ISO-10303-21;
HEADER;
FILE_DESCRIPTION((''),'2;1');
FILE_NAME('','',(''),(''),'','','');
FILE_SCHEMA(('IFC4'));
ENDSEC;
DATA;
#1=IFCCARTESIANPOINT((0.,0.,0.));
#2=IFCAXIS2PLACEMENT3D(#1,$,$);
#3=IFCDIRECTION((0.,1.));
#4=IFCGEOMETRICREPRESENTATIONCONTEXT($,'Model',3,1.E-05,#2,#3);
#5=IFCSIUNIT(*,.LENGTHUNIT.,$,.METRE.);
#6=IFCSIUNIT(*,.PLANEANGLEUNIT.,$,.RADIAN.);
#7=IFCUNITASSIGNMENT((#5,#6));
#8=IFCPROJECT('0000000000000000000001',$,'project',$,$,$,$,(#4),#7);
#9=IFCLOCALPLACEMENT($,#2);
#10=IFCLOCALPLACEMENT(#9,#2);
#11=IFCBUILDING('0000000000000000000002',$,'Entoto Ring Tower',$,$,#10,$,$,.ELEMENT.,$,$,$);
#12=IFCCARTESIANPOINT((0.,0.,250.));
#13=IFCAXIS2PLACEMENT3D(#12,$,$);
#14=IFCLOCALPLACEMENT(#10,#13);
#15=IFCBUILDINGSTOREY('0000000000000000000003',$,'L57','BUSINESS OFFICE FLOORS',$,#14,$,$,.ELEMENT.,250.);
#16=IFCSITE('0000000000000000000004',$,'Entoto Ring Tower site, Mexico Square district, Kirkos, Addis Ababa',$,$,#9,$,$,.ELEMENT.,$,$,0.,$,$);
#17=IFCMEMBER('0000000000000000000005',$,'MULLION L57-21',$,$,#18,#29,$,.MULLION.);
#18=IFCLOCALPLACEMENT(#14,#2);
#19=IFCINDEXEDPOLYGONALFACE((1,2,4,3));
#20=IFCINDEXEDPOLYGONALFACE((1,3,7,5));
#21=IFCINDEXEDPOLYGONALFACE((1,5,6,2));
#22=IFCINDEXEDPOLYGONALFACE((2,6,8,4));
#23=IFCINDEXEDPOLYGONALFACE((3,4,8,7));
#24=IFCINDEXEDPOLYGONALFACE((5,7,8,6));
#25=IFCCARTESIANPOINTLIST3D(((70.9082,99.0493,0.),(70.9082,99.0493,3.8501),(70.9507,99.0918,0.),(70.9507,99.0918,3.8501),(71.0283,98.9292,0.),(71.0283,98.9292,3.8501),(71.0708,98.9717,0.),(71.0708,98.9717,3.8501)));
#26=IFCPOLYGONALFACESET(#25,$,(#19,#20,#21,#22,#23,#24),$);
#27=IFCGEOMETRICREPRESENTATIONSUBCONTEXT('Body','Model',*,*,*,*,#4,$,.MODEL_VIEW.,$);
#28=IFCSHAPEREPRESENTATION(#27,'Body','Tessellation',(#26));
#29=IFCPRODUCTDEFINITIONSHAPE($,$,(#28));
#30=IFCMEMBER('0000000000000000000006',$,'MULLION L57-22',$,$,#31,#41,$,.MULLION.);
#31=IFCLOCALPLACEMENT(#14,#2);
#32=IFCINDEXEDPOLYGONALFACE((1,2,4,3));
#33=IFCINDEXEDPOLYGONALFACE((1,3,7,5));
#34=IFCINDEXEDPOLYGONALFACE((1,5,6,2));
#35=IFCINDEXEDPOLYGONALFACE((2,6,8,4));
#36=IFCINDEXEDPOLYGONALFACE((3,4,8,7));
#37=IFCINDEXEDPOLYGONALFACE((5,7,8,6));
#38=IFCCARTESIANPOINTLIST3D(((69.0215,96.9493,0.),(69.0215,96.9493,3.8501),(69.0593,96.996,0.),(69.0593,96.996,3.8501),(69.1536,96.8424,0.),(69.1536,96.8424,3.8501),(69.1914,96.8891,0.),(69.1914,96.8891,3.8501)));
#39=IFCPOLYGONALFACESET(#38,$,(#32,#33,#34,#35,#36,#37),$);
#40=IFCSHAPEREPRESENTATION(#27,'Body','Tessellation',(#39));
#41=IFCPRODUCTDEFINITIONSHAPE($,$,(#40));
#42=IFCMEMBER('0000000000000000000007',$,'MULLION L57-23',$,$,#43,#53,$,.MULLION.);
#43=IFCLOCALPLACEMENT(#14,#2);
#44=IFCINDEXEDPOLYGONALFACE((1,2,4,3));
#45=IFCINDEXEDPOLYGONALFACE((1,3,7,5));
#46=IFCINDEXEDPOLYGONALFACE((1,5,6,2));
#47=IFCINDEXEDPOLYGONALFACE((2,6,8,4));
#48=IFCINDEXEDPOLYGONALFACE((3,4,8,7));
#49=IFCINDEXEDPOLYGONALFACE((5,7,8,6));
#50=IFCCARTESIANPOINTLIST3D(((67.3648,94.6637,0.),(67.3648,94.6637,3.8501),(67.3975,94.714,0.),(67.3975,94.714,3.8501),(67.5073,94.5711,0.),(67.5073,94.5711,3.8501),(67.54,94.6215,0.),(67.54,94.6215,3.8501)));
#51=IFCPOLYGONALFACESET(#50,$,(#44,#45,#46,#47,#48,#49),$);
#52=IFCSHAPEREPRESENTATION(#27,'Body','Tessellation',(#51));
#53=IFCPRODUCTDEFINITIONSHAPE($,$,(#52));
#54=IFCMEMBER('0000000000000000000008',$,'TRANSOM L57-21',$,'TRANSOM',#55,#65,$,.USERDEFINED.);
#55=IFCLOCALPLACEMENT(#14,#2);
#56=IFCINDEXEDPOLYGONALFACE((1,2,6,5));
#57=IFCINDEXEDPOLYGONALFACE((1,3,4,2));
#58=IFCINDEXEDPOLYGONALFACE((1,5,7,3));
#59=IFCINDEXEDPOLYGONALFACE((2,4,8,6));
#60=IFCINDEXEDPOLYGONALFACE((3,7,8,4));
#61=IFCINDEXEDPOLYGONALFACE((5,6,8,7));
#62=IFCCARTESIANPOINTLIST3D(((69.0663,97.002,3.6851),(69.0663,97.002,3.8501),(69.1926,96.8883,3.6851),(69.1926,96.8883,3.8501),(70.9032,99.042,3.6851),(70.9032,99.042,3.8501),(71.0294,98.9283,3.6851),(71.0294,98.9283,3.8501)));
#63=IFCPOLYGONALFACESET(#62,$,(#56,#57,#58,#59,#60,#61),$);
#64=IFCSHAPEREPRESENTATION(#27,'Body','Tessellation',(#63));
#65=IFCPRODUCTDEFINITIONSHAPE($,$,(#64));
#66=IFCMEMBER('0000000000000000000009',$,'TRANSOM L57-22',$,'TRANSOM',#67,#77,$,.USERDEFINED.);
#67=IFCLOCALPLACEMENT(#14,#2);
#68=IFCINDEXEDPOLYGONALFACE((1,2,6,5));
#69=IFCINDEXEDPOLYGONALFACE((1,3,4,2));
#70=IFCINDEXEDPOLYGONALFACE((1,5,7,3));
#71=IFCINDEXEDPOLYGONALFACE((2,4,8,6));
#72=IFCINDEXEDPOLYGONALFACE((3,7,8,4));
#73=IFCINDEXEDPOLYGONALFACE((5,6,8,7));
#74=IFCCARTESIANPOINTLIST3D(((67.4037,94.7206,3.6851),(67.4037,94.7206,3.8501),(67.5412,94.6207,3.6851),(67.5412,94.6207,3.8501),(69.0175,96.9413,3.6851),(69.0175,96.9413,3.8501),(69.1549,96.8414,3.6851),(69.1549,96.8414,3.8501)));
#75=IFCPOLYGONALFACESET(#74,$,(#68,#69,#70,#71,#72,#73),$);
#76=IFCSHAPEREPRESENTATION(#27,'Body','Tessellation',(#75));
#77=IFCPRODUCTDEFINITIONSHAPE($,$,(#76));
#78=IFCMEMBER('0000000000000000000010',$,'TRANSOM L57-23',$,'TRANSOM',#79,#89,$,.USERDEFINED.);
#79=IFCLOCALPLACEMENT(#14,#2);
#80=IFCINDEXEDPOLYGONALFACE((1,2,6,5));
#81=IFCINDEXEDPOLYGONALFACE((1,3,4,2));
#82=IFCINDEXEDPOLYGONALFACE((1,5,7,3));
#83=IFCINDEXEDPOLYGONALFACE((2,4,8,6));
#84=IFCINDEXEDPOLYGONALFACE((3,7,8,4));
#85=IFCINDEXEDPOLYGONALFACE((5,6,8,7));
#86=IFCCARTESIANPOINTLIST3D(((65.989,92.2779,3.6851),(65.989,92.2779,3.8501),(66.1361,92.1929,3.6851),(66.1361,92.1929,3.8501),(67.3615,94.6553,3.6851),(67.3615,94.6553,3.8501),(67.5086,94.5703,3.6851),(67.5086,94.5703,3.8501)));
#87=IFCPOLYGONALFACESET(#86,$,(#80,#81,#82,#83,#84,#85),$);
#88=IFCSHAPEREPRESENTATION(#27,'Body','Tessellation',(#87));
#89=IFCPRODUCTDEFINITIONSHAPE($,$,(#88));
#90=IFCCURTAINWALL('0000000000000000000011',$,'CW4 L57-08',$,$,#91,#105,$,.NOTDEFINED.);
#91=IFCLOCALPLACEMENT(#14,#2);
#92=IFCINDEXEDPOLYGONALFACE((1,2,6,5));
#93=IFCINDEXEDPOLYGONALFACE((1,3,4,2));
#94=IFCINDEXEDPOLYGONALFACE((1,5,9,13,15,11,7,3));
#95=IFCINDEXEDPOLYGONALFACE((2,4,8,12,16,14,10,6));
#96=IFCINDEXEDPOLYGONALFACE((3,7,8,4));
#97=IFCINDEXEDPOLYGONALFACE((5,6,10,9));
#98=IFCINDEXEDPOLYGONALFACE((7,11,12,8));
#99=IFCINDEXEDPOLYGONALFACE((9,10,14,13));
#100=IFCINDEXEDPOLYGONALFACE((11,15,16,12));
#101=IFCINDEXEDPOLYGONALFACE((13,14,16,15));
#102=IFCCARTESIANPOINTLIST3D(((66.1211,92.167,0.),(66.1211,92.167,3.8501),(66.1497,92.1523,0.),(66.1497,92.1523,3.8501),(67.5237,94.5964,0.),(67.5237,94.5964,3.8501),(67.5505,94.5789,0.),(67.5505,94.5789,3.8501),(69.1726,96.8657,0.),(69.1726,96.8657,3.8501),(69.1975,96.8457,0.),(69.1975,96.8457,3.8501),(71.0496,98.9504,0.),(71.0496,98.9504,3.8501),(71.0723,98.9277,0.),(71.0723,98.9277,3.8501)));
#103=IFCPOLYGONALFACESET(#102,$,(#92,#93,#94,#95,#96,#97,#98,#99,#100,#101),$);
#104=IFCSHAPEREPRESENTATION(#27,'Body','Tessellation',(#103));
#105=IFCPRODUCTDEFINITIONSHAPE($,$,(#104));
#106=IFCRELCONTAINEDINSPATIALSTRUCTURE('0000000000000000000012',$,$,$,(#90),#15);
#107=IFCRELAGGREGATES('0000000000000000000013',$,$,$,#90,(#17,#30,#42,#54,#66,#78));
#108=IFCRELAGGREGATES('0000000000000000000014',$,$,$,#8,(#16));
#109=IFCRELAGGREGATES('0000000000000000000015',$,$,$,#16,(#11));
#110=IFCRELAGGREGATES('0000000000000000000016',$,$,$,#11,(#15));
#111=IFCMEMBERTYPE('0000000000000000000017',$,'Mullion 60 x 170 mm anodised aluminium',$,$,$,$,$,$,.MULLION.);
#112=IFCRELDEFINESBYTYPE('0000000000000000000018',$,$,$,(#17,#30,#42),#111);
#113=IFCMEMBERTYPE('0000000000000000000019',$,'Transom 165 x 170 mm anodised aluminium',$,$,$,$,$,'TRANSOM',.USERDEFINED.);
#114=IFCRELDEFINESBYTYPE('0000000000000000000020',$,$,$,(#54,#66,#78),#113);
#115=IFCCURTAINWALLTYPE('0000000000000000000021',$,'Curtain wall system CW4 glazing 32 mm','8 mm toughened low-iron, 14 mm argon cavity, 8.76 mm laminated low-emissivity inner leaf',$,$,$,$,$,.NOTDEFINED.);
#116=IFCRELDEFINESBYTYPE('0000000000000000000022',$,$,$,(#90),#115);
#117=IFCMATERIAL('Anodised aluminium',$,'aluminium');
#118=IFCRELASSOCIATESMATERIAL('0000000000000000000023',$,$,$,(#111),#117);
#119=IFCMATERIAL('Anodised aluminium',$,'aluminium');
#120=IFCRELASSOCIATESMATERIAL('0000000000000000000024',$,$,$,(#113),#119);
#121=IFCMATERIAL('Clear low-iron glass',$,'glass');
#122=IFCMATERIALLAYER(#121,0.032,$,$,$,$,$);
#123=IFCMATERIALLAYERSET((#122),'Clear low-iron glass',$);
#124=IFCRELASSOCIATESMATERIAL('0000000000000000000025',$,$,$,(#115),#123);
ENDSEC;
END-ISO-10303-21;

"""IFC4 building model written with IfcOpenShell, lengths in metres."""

from ifc_helpers import new_model, si_unit, direction, frame, origin, origin_2d, place, context, subcontext, project, spatial, polyline, rectangle, outline, extrude, material, layer, layer_set, material_profile, profile_set, type_object, element, aggregate, save


model = new_model("IFC4")

# Units and contexts
model_context = context("Model", 3, precision=1e-05, world=origin(), true_north=direction((0.0, 1.0)))
body_context = subcontext(model_context, "Body", "Model", "MODEL_VIEW")
ifc_project = project(units=[si_unit("LENGTHUNIT", "METRE"), si_unit("PLANEANGLEUNIT", "RADIAN")], contexts=[model_context])

# Members
ifc_material_1 = material(Name="Anodised aluminium", Category="aluminium")
ifc_material_profile_1 = material_profile(ifc_material_1, rectangle(XDim=0.0601, YDim=0.1699, at=origin_2d()), Name="Mullion 60 x 170 mm anodised aluminium")
ifc_profile_set_1 = profile_set([ifc_material_profile_1], Name="Anodised aluminium")
member_type_1 = type_object("IfcMemberType", Name="Mullion 60 x 170 mm anodised aluminium", PredefinedType="MULLION", material=ifc_profile_set_1)
site_placement = place(None, origin())
building_placement = place(site_placement, origin())
storey_placement = place(building_placement, frame((0.0, 0.0, 250.0)))
member_1_placement = place(storey_placement, frame((70.9895, 99.0105, 0.0), z_axis=(0.0, 0.0, 1.0), x_axis=(-0.707107, -0.707107, 0.0)))
member_1 = element("IfcMember", 1, at=member_1_placement, type_object=member_type_1, Name="MULLION L57-21", PredefinedType="MULLION", context=body_context, shape_type="SweptSolid", body=[
    extrude(rectangle(XDim=0.0601, YDim=0.1699, at=origin_2d()), origin(), (0.0, 0.0, 1.0), 3.8501),
])
member_2_placement = place(storey_placement, frame((69.1064, 96.9192, 0.0), z_axis=(0.0, 0.0, 1.0), x_axis=(-0.62932, -0.777146, 0.0)))
member_2 = element("IfcMember", 2, at=member_2_placement, type_object=member_type_1, Name="MULLION L57-22", PredefinedType="MULLION", context=body_context, shape_type="SweptSolid", body=[
    extrude(rectangle(XDim=0.0601, YDim=0.1699, at=origin_2d()), origin(), (0.0, 0.0, 1.0), 3.8501),
])
member_3_placement = place(storey_placement, frame((67.4524, 94.6426, 0.0), z_axis=(0.0, 0.0, 1.0), x_axis=(-0.544639, -0.838671, 0.0)))
member_3 = element("IfcMember", 3, at=member_3_placement, type_object=member_type_1, Name="MULLION L57-23", PredefinedType="MULLION", context=body_context, shape_type="SweptSolid", body=[
    extrude(rectangle(XDim=0.0601, YDim=0.1699, at=origin_2d()), origin(), (0.0, 0.0, 1.0), 3.8501),
])
ifc_material_2 = material(Name="Anodised aluminium", Category="aluminium")
ifc_material_profile_2 = material_profile(ifc_material_2, rectangle(XDim=0.1699, YDim=0.165, at=origin_2d()), Name="Transom 165 x 170 mm anodised aluminium")
ifc_profile_set_2 = profile_set([ifc_material_profile_2], Name="Anodised aluminium")
member_type_2 = type_object("IfcMemberType", Name="Transom 165 x 170 mm anodised aluminium", ElementType="TRANSOM", PredefinedType="USERDEFINED", material=ifc_profile_set_2)
member_4_placement = place(storey_placement, frame((70.9663, 98.9851, 3.7676), z_axis=(-0.669142, -0.743135, 0.0), x_axis=(0.743135, -0.669142, 0.0)))
member_4 = element("IfcMember", 4, at=member_4_placement, type_object=member_type_2, Name="TRANSOM L57-21", ObjectType="TRANSOM", PredefinedType="USERDEFINED", context=body_context, shape_type="SweptSolid", body=[
    extrude(rectangle(XDim=0.1699, YDim=0.165, at=origin_2d()), origin(), (0.0, 0.0, 1.0), 2.7451),
])
member_5_placement = place(storey_placement, frame((69.0862, 96.8914, 3.7676), z_axis=(-0.587865, -0.808959, 0.0), x_axis=(0.808959, -0.587865, 0.0)))
member_5 = element("IfcMember", 5, at=member_5_placement, type_object=member_type_2, Name="TRANSOM L57-22", ObjectType="TRANSOM", PredefinedType="USERDEFINED", context=body_context, shape_type="SweptSolid", body=[
    extrude(rectangle(XDim=0.1699, YDim=0.165, at=origin_2d()), origin(), (0.0, 0.0, 1.0), 2.7451),
])
member_6_placement = place(storey_placement, frame((67.4351, 94.6128, 3.7676), z_axis=(-0.499984, -0.866035, 0.0), x_axis=(0.866035, -0.499984, 0.0)))
member_6 = element("IfcMember", 6, at=member_6_placement, type_object=member_type_2, Name="TRANSOM L57-23", ObjectType="TRANSOM", PredefinedType="USERDEFINED", context=body_context, shape_type="SweptSolid", body=[
    extrude(rectangle(XDim=0.1699, YDim=0.165, at=origin_2d()), origin(), (0.0, 0.0, 1.0), 2.7451),
])

# Site, building, storey
site = spatial("IfcSite", under=ifc_project, at=site_placement, Name="Entoto Ring Tower site, Mexico Square district, Kirkos, Addis Ababa", CompositionType="ELEMENT", RefElevation=0.0)
building = spatial("IfcBuilding", under=site, at=building_placement, Name="Entoto Ring Tower", CompositionType="ELEMENT")
storey = spatial("IfcBuildingStorey", under=building, at=storey_placement, Name="L57", Description="BUSINESS OFFICE FLOORS", CompositionType="ELEMENT", Elevation=250.0)

# Curtain wall
ifc_material_3 = material(Name="Clear low-iron glass", Category="glass")
ifc_layer = layer(ifc_material_3, 0.032)
ifc_layer_set = layer_set([ifc_layer], Name="Clear low-iron glass")
curtain_wall_type = type_object("IfcCurtainWallType", Name="Curtain wall system CW4 glazing 32 mm", Description="8 mm toughened low-iron, 14 mm argon cavity, 8.76 mm laminated low-emissivity inner leaf", PredefinedType="NOTDEFINED", material=ifc_layer_set)
curtain_wall_1_placement = place(storey_placement, origin())
curtain_wall_1 = element("IfcCurtainWall", 7, at=curtain_wall_1_placement, inside=storey, type_object=curtain_wall_type, Name="CW4 L57-08", PredefinedType="NOTDEFINED", context=body_context, shape_type="SweptSolid", body=[
    extrude(outline(polyline([(71.0496, 98.9504), (69.1726, 96.8657), (67.5237, 94.5964), (66.1211, 92.167), (66.1497, 92.1523), (67.5505, 94.5789), (69.1975, 96.8457), (71.0723, 98.9277), (71.0496, 98.9504)])), origin(), (0.0, 0.0, 1.0), 3.8501),
])
aggregate(curtain_wall_1, [member_1, member_2, member_3, member_4, member_5, member_6])

save(model, "model.ifc")
